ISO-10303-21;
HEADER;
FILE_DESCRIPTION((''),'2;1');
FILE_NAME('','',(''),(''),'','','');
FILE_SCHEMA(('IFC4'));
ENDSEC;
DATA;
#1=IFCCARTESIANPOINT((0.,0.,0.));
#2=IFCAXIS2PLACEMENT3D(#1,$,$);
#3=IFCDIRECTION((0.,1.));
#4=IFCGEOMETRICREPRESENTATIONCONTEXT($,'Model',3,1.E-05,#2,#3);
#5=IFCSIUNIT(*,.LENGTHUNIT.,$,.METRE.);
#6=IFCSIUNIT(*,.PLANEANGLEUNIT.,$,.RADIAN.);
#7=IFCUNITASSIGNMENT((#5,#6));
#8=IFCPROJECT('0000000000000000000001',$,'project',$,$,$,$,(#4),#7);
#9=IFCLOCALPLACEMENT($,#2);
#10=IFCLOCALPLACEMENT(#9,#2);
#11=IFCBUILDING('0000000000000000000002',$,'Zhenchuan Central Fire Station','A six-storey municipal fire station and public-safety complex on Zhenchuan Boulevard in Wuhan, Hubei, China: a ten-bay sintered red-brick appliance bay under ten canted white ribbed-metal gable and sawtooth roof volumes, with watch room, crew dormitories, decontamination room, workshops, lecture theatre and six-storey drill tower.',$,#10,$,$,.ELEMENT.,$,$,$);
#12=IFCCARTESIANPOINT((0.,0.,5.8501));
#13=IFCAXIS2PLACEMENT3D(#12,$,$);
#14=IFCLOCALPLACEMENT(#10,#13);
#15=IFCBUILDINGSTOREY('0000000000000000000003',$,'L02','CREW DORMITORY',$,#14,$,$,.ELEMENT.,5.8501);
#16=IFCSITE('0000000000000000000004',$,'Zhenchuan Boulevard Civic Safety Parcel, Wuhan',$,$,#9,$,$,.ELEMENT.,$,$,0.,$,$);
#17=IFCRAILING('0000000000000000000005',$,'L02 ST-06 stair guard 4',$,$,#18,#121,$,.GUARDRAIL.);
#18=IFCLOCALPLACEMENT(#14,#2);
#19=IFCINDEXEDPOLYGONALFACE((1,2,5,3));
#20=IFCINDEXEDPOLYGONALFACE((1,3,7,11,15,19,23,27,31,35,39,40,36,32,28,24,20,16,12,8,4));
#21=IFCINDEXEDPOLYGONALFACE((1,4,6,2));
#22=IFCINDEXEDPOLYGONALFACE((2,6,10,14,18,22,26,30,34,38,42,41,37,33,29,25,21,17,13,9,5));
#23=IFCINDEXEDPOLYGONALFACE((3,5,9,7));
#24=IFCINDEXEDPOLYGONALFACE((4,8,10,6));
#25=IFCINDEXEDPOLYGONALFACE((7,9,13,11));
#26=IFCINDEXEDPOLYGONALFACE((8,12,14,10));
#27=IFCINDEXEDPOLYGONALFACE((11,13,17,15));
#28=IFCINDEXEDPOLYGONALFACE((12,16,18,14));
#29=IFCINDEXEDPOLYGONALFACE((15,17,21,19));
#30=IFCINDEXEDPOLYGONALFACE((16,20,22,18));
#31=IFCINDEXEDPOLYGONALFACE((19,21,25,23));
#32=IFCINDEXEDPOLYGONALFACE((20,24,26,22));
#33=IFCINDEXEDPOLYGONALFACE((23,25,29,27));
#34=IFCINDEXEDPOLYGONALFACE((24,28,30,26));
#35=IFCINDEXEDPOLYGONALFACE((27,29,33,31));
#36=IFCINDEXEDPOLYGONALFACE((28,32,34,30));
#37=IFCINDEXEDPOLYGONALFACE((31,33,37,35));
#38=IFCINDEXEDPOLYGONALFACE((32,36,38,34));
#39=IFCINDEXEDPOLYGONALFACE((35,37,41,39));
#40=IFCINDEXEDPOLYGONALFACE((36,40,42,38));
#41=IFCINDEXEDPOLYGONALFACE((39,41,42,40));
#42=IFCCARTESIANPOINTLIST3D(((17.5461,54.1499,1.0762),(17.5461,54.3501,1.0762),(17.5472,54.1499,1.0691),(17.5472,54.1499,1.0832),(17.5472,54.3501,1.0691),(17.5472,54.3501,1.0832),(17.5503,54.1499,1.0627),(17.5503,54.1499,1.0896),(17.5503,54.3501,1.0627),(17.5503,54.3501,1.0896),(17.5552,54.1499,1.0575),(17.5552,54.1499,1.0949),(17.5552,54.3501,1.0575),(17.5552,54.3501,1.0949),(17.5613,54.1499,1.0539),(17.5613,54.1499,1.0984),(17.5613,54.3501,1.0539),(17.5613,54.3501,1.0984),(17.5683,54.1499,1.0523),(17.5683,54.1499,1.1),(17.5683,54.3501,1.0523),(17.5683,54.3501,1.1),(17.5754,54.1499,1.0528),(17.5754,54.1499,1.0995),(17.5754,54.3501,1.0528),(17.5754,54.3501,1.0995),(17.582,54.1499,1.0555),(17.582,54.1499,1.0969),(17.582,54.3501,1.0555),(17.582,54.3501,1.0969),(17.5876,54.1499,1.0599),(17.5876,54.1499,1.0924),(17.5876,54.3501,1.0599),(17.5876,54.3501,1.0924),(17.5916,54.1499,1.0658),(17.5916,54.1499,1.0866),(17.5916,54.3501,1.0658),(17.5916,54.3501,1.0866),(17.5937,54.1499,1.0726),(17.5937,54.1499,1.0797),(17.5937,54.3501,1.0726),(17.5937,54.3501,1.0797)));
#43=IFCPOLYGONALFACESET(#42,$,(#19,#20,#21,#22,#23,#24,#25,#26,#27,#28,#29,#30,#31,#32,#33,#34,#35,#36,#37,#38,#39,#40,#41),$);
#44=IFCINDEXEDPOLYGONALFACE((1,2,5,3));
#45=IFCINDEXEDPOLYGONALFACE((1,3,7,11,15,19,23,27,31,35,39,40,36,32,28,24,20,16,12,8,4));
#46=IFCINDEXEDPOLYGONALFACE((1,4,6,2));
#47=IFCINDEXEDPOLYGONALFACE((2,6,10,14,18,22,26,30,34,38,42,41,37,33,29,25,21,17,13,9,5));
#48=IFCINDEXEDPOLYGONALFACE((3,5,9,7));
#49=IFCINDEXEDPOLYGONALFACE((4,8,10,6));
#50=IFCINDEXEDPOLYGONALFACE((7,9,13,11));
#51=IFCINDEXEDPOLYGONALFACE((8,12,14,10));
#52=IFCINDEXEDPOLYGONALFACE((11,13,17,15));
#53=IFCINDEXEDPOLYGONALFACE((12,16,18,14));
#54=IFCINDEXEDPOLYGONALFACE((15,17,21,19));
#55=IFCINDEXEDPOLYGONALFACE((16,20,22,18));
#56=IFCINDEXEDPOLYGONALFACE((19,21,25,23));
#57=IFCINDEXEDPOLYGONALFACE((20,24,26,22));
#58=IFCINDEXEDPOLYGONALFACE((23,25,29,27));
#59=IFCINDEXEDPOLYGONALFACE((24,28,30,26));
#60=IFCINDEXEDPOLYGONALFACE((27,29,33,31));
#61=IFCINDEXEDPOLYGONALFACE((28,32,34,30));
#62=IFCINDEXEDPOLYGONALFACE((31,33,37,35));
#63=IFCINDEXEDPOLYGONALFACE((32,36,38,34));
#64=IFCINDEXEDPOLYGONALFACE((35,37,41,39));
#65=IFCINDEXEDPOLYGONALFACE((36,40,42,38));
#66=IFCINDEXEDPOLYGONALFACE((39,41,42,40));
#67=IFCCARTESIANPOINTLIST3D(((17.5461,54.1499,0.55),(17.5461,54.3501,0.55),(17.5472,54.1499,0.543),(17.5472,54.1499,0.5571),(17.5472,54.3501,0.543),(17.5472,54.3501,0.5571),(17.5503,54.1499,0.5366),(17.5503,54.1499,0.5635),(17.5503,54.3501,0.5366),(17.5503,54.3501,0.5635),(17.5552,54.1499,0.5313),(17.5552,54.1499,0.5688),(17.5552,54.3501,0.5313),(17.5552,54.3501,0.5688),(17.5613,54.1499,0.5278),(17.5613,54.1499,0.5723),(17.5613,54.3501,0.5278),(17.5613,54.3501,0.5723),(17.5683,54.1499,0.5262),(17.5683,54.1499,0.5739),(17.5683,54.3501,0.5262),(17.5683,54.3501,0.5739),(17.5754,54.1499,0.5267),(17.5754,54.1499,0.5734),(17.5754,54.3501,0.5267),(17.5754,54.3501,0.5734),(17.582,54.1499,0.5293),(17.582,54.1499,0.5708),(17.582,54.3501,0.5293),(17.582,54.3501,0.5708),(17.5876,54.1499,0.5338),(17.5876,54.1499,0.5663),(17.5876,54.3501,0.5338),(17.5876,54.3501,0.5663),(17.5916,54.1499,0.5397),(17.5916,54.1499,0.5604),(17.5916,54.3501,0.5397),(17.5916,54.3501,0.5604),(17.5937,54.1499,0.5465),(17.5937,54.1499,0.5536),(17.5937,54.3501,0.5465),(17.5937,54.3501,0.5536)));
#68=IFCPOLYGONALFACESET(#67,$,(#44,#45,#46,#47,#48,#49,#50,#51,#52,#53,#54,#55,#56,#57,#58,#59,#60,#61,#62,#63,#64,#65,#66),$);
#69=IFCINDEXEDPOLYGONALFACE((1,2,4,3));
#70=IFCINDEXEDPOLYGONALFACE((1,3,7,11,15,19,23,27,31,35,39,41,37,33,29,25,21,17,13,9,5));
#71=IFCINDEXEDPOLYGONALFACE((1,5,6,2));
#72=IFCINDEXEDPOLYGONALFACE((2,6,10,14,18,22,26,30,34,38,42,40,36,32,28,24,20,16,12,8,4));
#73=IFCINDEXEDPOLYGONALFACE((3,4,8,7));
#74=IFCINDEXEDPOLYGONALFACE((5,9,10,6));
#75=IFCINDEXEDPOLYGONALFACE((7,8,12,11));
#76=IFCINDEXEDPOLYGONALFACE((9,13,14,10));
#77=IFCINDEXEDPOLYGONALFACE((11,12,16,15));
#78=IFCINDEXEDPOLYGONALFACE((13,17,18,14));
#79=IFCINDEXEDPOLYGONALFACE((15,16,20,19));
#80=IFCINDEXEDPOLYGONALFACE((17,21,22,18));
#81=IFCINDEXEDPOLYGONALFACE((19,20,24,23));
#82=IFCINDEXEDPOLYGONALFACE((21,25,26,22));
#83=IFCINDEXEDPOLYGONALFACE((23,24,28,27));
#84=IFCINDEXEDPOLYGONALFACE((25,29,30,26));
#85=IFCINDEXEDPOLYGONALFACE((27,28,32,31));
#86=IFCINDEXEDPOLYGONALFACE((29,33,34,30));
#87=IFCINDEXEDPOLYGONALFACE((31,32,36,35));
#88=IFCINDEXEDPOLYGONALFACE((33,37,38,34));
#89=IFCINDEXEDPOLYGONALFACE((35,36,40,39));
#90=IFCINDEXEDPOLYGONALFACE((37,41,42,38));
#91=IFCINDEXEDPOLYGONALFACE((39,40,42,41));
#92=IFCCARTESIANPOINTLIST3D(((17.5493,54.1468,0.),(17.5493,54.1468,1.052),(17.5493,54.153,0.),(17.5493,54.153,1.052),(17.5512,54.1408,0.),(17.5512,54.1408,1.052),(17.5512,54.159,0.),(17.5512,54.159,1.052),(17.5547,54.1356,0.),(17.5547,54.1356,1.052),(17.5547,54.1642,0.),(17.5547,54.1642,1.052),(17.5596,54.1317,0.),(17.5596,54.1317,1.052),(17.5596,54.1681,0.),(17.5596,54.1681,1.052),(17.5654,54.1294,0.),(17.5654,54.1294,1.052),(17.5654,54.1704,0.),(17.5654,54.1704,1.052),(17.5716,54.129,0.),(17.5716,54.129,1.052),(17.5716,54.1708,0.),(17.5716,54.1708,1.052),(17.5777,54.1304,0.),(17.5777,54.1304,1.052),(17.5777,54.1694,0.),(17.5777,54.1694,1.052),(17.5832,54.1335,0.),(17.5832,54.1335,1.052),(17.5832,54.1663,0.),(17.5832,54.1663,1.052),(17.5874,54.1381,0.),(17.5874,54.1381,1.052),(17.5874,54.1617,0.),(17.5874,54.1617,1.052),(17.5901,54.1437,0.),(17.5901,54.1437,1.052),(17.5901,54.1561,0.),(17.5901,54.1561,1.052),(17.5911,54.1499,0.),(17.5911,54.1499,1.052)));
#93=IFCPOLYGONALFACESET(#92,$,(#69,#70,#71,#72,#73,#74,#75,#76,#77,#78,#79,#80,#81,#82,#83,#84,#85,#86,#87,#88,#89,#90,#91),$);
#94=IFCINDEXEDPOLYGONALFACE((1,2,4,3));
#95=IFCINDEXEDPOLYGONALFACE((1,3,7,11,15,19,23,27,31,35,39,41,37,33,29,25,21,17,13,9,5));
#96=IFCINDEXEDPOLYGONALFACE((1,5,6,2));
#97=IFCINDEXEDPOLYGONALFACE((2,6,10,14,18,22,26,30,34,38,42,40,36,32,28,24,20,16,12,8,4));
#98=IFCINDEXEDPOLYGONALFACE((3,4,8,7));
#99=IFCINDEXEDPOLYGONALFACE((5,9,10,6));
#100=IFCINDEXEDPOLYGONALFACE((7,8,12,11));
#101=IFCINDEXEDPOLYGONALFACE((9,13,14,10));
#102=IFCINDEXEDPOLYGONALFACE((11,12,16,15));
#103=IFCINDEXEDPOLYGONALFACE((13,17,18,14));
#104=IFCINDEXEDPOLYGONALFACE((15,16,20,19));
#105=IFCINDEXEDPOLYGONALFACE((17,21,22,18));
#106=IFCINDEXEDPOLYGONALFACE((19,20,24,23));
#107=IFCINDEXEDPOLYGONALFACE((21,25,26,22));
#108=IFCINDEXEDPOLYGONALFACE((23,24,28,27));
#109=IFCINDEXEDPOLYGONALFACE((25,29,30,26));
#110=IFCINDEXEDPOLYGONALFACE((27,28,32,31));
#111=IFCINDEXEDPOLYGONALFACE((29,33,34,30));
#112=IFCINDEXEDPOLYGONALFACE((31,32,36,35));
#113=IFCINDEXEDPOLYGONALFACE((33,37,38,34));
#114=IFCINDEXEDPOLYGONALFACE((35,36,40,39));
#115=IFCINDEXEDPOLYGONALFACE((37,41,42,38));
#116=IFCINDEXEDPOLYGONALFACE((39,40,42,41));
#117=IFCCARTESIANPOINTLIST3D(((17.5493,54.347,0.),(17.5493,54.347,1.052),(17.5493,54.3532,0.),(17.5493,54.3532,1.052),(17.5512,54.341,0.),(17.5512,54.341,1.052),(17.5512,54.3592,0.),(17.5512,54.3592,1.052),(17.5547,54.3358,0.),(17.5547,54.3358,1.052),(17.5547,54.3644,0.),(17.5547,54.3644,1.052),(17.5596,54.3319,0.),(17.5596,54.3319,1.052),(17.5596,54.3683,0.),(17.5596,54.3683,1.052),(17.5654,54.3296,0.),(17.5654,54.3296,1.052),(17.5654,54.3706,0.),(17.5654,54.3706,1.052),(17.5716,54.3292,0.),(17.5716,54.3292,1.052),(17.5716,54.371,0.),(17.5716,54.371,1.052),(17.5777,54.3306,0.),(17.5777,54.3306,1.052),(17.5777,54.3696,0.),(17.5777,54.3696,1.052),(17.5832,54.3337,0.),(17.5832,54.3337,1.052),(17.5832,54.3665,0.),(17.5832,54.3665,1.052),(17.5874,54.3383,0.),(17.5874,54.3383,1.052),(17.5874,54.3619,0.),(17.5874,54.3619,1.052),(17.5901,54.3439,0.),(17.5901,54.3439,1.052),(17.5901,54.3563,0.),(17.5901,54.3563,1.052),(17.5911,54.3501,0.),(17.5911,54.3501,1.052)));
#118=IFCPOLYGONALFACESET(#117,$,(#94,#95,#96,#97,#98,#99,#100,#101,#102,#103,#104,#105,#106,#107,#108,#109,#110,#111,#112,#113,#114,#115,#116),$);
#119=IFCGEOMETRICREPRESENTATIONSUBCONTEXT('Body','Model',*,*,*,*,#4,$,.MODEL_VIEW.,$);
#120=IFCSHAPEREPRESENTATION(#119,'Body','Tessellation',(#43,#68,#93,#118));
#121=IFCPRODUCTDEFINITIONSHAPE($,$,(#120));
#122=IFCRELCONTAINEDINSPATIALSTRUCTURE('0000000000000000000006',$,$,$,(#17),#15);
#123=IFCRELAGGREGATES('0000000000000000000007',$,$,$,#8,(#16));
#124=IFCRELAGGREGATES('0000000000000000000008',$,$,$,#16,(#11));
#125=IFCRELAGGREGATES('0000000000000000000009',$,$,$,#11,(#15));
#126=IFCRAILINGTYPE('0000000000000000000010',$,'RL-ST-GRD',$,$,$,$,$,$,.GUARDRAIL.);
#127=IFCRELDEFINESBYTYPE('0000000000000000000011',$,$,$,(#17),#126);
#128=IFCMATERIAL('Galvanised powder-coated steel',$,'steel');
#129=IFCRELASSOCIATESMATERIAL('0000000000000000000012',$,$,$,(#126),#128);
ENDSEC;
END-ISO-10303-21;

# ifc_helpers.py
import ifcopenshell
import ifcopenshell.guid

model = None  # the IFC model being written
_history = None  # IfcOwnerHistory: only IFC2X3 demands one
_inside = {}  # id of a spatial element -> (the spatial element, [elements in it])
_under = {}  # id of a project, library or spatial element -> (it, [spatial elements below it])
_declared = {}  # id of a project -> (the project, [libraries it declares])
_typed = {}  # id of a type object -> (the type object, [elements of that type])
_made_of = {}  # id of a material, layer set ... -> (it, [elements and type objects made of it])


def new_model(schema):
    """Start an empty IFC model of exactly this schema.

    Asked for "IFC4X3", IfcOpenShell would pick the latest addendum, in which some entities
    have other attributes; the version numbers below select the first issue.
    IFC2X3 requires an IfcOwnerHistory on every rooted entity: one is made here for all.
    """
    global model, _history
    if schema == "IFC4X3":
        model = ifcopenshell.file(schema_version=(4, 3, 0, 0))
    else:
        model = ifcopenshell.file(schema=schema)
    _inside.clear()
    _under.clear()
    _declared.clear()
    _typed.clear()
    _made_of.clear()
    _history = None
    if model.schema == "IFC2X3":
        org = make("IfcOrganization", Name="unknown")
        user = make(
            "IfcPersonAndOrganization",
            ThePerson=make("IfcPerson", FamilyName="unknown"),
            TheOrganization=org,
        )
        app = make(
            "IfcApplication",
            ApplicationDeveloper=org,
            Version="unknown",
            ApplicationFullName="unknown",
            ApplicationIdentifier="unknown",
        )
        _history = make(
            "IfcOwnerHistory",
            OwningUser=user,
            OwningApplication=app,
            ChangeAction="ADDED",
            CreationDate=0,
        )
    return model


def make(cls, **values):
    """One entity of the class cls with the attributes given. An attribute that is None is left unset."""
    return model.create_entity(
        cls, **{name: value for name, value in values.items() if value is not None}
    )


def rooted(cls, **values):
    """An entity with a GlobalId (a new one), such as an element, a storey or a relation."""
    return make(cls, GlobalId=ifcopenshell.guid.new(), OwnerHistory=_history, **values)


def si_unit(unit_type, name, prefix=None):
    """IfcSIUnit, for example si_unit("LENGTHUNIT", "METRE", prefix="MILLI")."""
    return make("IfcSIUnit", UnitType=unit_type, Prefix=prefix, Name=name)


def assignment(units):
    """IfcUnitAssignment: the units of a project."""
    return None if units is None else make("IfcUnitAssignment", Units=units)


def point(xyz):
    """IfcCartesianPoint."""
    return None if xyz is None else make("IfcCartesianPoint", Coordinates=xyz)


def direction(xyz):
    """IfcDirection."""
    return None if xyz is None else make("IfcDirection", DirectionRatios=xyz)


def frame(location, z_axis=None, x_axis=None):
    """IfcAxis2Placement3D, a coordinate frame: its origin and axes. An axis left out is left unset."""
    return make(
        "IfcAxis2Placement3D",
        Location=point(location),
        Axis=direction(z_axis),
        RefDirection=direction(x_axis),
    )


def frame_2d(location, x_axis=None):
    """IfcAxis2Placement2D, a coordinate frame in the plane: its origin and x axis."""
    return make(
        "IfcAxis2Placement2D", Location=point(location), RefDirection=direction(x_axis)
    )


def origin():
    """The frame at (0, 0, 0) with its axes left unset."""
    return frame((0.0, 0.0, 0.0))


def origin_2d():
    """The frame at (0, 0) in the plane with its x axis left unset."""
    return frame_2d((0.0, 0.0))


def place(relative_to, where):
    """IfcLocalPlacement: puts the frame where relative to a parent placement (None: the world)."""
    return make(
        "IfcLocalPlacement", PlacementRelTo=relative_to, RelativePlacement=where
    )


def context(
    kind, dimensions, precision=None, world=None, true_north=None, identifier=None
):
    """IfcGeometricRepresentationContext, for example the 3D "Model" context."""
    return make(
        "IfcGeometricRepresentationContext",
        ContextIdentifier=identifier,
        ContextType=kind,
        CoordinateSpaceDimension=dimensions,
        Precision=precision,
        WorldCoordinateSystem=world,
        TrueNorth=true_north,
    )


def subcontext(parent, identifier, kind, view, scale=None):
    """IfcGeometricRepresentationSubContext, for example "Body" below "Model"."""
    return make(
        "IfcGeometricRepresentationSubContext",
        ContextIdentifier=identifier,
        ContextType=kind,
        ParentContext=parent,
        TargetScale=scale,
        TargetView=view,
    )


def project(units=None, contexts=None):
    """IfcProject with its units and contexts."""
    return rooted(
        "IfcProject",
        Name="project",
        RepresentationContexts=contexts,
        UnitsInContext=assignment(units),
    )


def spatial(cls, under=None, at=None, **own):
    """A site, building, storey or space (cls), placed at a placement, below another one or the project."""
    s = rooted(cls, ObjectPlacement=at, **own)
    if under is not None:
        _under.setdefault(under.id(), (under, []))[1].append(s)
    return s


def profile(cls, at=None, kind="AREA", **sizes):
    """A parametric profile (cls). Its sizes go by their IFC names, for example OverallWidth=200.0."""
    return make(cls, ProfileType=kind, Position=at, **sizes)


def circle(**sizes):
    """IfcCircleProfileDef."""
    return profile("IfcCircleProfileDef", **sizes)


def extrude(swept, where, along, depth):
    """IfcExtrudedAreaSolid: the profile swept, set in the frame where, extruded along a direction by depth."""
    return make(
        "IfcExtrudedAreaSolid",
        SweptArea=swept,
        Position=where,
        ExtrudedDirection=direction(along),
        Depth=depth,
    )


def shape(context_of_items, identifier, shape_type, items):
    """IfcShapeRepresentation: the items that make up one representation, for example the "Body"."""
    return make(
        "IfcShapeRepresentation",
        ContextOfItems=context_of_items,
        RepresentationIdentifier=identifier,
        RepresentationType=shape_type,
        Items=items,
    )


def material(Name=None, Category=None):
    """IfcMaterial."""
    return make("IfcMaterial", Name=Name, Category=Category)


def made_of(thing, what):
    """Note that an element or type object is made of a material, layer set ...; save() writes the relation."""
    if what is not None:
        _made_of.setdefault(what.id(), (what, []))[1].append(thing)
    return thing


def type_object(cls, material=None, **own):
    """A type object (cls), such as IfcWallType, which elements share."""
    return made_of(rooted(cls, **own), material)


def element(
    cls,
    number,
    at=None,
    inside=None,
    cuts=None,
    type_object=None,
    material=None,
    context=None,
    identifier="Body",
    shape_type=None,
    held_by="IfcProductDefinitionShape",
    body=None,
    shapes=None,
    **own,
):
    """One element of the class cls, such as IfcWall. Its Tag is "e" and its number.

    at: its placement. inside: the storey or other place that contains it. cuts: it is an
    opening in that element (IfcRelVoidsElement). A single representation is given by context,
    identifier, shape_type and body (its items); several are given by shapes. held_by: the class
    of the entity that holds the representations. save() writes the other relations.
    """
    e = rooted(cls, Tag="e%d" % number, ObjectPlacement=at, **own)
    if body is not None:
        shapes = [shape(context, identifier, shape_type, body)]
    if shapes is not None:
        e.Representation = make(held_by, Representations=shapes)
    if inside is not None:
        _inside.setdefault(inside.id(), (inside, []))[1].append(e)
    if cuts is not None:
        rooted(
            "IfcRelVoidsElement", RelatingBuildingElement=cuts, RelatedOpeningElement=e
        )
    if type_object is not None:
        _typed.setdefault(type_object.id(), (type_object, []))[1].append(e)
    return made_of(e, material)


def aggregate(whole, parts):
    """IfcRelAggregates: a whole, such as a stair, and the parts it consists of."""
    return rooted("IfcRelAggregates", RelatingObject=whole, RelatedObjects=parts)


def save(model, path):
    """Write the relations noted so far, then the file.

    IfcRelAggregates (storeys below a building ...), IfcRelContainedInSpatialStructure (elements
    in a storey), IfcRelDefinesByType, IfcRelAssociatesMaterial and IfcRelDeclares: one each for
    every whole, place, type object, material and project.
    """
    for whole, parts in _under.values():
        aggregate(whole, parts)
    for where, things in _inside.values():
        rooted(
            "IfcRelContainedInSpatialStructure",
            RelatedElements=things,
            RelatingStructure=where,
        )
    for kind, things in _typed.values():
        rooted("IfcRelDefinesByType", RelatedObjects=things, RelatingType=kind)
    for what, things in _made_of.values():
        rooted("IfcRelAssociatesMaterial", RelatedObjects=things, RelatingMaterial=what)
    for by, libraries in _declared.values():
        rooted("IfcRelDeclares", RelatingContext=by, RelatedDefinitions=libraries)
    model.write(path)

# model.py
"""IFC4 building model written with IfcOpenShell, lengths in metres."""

from ifc_helpers import new_model, si_unit, direction, frame, origin, origin_2d, place, context, subcontext, project, spatial, circle, extrude, material, type_object, element, save


model = new_model("IFC4")

# Units and contexts
model_context = context("Model", 3, precision=1e-05, world=origin(), true_north=direction((0.0, 1.0)))
body_context = subcontext(model_context, "Body", "Model", "MODEL_VIEW")
ifc_project = project(units=[si_unit("LENGTHUNIT", "METRE"), si_unit("PLANEANGLEUNIT", "RADIAN")], contexts=[model_context])

# Site, building, storey
site_placement = place(None, origin())
site = spatial("IfcSite", under=ifc_project, at=site_placement, Name="Zhenchuan Boulevard Civic Safety Parcel, Wuhan", CompositionType="ELEMENT", RefElevation=0.0)
building_placement = place(site_placement, origin())
building = spatial("IfcBuilding", under=site, at=building_placement, Name="Zhenchuan Central Fire Station", Description="A six-storey municipal fire station and public-safety complex on Zhenchuan Boulevard in Wuhan, Hubei, China: a ten-bay sintered red-brick appliance bay under ten canted white ribbed-metal gable and sawtooth roof volumes, with watch room, crew dormitories, decontamination room, workshops, lecture theatre and six-storey drill tower.", CompositionType="ELEMENT")
storey_placement = place(building_placement, frame((0.0, 0.0, 5.8501)))
storey = spatial("IfcBuildingStorey", under=building, at=storey_placement, Name="L02", Description="CREW DORMITORY", CompositionType="ELEMENT", Elevation=5.8501)

# Railing
ifc_material_1 = material(Name="Galvanised powder-coated steel", Category="steel")
railing_type_1 = type_object("IfcRailingType", Name="RL-ST-GRD", PredefinedType="GUARDRAIL", material=ifc_material_1)
railing_1_placement = place(storey_placement, frame((17.5701, 54.1499, 0.0)))
element("IfcRailing", 1, at=railing_1_placement, inside=storey, type_object=railing_type_1, Name="L02 ST-06 stair guard 4", PredefinedType="GUARDRAIL", context=body_context, shape_type="SweptSolid", body=[
    extrude(circle(Radius=0.0239, at=origin_2d()), frame((0.0, 0.0, 1.0762), z_axis=(0.0, 1.0, 0.0), x_axis=(-1.0, 0.0, 0.0)), (0.0, 0.0, 1.0), 0.2002),
    extrude(circle(Radius=0.0239, at=origin_2d()), frame((0.0, 0.0, 0.55), z_axis=(0.0, 1.0, 0.0), x_axis=(-1.0, 0.0, 0.0)), (0.0, 0.0, 1.0), 0.2002),
    extrude(circle(Radius=0.021, at=origin_2d()), origin(), (0.0, 0.0, 1.0), 1.052),
    extrude(circle(Radius=0.021, at=origin_2d()), frame((0.0, 0.2002, 0.0)), (0.0, 0.0, 1.0), 1.052),
])

save(model, "model.ifc")
